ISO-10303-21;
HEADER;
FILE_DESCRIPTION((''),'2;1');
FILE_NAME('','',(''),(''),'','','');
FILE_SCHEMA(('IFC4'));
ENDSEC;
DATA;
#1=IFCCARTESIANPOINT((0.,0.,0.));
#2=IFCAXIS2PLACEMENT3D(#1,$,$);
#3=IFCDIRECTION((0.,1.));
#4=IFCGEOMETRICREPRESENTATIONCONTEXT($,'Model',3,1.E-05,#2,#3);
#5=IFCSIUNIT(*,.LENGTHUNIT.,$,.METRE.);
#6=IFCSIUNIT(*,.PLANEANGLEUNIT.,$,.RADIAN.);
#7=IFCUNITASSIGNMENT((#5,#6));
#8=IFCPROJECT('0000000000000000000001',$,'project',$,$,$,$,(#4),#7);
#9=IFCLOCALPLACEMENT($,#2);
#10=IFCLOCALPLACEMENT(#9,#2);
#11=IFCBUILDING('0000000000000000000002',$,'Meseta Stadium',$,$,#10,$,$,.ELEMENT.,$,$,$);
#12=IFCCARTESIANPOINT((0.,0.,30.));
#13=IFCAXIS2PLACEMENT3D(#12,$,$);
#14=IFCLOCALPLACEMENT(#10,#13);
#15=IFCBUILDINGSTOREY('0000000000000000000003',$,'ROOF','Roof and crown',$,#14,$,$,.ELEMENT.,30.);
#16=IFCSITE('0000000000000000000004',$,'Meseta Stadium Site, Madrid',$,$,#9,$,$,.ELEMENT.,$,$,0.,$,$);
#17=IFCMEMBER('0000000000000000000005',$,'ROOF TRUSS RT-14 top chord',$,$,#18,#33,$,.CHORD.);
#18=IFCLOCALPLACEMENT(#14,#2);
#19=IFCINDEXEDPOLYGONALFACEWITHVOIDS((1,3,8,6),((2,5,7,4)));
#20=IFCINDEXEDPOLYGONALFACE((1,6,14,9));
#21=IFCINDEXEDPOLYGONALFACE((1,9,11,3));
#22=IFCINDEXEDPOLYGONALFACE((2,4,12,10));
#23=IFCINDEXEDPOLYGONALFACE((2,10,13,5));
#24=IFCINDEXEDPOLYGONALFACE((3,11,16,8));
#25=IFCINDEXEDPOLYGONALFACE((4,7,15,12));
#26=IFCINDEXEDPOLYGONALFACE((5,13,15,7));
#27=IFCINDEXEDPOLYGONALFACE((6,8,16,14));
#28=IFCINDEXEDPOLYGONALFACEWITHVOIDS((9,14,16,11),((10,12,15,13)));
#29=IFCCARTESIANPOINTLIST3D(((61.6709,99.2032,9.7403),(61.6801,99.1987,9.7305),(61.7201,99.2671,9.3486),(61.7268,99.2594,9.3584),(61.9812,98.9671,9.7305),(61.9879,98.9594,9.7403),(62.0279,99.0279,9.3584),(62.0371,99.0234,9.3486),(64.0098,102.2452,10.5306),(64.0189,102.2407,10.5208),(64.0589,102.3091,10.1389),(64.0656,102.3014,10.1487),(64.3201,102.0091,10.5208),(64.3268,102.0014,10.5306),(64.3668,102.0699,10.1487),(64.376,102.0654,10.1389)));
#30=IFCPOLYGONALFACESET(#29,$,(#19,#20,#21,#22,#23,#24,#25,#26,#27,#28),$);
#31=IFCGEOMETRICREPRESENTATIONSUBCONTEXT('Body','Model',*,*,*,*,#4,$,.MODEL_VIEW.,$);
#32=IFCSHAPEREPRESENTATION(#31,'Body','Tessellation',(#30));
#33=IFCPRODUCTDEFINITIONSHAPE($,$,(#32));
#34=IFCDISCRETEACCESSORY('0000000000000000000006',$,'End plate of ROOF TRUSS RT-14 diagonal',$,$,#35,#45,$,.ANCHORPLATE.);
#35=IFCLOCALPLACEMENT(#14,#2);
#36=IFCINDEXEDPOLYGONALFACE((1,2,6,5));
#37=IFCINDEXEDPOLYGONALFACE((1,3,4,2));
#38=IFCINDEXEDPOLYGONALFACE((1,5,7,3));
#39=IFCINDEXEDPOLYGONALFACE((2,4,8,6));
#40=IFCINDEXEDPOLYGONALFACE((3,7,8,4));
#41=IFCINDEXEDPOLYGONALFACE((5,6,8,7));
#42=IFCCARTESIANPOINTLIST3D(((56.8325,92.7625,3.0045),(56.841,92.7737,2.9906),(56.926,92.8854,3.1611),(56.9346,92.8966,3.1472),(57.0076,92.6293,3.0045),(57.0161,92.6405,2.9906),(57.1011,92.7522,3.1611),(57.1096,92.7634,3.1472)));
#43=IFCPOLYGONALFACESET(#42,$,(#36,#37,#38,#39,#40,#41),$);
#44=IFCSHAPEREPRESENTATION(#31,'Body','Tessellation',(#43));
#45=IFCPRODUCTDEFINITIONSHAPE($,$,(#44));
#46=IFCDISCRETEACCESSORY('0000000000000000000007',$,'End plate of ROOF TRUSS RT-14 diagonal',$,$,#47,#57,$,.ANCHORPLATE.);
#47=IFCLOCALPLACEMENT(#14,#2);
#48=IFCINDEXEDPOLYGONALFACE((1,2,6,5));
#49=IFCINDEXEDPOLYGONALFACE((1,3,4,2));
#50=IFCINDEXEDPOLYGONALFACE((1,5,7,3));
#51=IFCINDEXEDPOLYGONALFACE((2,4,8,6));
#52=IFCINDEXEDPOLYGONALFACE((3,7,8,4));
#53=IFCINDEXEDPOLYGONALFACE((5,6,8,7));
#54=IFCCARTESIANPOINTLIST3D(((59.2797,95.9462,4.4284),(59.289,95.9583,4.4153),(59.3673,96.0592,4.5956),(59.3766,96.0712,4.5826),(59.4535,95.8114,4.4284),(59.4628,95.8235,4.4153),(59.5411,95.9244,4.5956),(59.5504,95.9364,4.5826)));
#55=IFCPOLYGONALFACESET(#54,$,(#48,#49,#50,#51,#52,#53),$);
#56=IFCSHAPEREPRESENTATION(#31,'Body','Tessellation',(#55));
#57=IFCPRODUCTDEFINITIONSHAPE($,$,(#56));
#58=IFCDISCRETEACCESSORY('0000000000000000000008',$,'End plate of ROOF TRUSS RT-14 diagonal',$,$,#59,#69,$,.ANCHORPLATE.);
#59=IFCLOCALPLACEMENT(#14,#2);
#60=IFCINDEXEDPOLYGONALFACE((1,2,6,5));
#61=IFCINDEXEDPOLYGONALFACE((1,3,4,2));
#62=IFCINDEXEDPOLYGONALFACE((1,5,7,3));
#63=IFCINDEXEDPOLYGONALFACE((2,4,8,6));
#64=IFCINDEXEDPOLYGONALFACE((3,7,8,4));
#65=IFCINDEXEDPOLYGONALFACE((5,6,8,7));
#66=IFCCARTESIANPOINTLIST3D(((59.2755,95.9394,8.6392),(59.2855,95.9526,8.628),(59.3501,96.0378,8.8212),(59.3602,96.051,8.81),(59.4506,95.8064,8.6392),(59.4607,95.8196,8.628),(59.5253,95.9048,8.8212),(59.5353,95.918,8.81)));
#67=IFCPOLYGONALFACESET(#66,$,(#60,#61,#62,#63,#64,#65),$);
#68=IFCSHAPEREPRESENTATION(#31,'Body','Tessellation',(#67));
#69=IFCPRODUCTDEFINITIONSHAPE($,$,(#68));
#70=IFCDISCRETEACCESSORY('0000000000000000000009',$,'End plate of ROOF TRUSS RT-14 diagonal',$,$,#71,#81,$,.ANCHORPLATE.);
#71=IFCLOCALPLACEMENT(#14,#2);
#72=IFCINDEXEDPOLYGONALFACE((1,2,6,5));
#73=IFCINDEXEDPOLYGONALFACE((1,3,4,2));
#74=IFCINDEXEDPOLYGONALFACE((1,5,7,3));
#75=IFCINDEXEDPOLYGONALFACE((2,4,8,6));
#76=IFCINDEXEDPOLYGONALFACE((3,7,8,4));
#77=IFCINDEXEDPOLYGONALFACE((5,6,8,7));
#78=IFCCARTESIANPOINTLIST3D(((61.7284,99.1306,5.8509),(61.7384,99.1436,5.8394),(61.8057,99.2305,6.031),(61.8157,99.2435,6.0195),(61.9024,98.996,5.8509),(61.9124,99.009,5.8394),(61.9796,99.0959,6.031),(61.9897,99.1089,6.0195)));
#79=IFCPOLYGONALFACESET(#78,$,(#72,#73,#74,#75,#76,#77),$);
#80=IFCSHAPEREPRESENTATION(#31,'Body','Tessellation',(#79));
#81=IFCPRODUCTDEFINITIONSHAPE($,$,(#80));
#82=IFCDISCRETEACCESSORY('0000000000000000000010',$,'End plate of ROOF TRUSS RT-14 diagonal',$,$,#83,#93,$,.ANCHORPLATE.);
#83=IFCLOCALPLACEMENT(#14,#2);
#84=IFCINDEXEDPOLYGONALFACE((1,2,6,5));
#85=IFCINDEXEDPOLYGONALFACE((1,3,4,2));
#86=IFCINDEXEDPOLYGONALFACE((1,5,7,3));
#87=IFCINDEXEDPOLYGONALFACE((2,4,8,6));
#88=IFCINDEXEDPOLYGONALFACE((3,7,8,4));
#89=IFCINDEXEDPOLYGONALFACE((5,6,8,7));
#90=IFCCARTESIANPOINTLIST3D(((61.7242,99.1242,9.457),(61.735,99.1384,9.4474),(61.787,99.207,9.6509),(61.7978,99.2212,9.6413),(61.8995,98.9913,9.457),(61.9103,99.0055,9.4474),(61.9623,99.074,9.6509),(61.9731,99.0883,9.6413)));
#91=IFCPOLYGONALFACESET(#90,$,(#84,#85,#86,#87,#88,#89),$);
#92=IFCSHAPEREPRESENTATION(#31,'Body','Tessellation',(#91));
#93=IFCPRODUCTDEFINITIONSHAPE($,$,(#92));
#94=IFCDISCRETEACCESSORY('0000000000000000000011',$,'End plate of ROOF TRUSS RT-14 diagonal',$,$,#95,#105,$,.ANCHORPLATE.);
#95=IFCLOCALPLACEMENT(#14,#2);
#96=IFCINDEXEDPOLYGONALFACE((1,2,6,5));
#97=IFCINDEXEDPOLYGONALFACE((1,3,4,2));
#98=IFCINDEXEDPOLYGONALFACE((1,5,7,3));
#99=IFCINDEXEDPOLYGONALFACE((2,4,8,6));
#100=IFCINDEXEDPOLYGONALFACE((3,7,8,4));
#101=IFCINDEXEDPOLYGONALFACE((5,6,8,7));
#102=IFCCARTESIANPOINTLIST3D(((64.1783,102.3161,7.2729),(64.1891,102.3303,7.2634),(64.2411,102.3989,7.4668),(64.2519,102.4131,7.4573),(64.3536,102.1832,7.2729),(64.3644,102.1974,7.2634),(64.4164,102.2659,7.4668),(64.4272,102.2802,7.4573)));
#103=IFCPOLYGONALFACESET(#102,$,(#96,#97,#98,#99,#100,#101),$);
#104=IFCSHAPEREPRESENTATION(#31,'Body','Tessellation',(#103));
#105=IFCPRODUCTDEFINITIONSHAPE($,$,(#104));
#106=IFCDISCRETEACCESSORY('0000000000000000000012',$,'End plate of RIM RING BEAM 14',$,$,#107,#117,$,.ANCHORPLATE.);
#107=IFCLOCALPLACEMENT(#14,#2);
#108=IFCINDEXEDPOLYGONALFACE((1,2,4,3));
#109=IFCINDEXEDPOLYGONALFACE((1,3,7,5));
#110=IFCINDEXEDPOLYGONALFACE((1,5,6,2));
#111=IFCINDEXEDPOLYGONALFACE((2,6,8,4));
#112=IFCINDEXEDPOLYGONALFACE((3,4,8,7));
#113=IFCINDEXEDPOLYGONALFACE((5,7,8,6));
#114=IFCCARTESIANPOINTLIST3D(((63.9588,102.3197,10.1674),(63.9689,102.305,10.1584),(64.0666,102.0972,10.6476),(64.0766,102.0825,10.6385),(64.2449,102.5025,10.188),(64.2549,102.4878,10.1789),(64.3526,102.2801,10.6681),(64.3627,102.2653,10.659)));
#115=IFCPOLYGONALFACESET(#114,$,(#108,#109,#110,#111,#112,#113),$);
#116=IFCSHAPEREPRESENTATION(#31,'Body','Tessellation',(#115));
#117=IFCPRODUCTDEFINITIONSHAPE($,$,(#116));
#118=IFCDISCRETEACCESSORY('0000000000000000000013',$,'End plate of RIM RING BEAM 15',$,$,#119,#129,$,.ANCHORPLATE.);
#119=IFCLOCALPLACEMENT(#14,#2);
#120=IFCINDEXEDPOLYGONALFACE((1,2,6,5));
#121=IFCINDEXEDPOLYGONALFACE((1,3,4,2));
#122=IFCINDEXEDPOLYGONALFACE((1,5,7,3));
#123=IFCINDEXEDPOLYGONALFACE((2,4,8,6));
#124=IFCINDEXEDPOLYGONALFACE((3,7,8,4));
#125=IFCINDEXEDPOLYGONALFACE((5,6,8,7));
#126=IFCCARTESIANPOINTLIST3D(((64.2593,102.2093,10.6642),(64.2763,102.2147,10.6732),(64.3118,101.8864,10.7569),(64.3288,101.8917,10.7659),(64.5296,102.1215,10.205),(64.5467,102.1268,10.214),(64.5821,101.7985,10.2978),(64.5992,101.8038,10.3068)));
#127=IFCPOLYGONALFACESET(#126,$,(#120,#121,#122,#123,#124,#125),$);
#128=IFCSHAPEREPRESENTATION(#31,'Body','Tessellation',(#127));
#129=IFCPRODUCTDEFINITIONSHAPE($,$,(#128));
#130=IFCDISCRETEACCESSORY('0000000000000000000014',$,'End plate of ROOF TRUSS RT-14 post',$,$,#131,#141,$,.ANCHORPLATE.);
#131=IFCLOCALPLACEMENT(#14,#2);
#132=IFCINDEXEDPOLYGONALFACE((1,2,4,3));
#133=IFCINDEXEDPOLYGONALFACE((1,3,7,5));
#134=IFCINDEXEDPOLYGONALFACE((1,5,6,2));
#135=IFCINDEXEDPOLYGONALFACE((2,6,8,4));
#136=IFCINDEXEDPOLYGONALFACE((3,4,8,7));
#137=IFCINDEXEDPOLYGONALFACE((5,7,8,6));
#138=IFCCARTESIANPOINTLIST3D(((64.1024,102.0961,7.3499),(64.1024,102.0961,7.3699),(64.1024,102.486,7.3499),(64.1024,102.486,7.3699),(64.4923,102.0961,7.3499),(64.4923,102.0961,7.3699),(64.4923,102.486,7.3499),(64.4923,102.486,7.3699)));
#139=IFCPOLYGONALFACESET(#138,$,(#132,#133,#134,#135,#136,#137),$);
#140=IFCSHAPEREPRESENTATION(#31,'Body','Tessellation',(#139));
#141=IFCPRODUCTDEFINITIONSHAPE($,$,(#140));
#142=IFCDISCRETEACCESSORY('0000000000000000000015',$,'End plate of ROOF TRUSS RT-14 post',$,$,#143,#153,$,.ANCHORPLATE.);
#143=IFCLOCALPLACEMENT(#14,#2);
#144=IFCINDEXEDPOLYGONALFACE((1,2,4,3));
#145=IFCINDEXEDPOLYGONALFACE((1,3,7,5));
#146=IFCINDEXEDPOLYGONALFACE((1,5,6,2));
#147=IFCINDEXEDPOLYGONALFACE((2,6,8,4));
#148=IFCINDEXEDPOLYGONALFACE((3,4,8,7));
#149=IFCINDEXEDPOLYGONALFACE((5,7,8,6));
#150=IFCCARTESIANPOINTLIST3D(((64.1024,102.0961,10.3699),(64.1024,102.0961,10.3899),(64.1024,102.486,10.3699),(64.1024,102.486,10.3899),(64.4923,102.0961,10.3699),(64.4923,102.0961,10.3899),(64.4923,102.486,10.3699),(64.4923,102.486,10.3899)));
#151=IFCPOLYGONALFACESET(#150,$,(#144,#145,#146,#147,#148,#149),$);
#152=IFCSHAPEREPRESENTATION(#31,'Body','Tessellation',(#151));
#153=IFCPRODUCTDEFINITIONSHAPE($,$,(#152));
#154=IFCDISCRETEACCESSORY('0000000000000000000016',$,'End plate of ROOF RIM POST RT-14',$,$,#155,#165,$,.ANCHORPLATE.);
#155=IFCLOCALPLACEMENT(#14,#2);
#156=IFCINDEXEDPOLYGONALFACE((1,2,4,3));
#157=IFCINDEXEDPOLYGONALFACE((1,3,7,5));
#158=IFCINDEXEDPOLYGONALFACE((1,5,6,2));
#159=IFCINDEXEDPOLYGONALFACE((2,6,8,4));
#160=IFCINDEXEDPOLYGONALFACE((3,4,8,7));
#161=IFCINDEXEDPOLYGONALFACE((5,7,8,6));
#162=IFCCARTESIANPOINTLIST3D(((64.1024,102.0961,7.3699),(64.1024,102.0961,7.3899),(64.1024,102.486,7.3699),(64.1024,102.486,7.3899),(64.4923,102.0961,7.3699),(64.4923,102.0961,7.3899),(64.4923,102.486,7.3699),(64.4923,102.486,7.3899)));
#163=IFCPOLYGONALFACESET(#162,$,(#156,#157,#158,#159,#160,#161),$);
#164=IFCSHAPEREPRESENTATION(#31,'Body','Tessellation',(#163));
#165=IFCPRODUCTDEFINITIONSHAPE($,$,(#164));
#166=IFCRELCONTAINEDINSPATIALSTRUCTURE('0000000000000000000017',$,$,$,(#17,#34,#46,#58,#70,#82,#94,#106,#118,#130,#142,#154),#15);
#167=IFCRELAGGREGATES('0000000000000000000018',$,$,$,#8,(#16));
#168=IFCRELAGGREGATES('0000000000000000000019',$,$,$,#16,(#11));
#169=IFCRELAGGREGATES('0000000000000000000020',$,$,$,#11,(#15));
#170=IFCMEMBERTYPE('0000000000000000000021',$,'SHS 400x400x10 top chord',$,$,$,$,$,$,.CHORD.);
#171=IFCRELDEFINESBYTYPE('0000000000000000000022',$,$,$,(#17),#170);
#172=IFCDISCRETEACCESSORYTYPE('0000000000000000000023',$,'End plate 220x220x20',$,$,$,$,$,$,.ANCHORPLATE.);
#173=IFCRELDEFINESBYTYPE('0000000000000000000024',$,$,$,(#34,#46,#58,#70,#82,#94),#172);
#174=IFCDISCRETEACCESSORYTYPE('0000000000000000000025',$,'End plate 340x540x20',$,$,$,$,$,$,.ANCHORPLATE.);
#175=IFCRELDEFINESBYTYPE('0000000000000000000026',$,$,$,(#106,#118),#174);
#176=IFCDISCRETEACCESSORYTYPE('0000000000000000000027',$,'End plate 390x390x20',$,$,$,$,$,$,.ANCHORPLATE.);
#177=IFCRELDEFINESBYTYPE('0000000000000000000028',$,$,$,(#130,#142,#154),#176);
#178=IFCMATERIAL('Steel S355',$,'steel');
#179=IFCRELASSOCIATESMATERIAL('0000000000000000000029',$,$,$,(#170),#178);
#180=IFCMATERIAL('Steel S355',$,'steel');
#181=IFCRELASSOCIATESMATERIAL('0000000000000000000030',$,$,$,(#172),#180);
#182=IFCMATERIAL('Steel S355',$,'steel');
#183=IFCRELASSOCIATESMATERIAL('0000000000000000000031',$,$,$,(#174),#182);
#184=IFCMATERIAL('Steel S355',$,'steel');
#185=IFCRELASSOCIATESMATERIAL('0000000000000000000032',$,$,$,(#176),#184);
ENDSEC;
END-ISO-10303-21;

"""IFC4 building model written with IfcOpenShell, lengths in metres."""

from ifc_helpers import new_model, si_unit, direction, frame, origin, origin_2d, place, context, subcontext, project, spatial, rectangle, hollow_rectangle, extrude, material, material_profile, profile_set, type_object, element, save


model = new_model("IFC4")

# Units and contexts
model_context = context("Model", 3, precision=1e-05, world=origin(), true_north=direction((0.0, 1.0)))
body_context = subcontext(model_context, "Body", "Model", "MODEL_VIEW")
ifc_project = project(units=[si_unit("LENGTHUNIT", "METRE"), si_unit("PLANEANGLEUNIT", "RADIAN")], contexts=[model_context])

# Site, building, storey
site_placement = place(None, origin())
site = spatial("IfcSite", under=ifc_project, at=site_placement, Name="Meseta Stadium Site, Madrid", CompositionType="ELEMENT", RefElevation=0.0)
building_placement = place(site_placement, origin())
building = spatial("IfcBuilding", under=site, at=building_placement, Name="Meseta Stadium", CompositionType="ELEMENT")
storey_placement = place(building_placement, frame((0.0, 0.0, 30.0)))
storey = spatial("IfcBuildingStorey", under=building, at=storey_placement, Name="ROOF", Description="Roof and crown", CompositionType="ELEMENT", Elevation=30.0)

# Member
ifc_material_1 = material(Name="Steel S355", Category="steel")
ifc_material_profile_1 = material_profile(ifc_material_1, hollow_rectangle(XDim=0.3999, YDim=0.3999, WallThickness=0.01, at=origin_2d()), Name="SHS 400x400x10")
ifc_profile_set_1 = profile_set([ifc_material_profile_1], Name="Steel S355")
member_type_1 = type_object("IfcMemberType", Name="SHS 400x400x10 top chord", PredefinedType="CHORD", material=ifc_profile_set_1)
member_1_placement = place(storey_placement, frame((61.854, 99.1133, 9.5444), z_axis=(0.596996, 0.776469, 0.20172), x_axis=(-0.792766, 0.609526, 0.0)))
element("IfcMember", 1, at=member_1_placement, inside=storey, type_object=member_type_1, Name="ROOF TRUSS RT-14 top chord", PredefinedType="CHORD", context=body_context, shape_type="SweptSolid", body=[
    extrude(hollow_rectangle(XDim=0.3999, YDim=0.3999, WallThickness=0.01, at=origin_2d()), origin(), (0.0, 0.0, 1.0), 3.9177),
])

# Discrete accessories
ifc_material_2 = material(Name="Steel S355", Category="steel")
ifc_material_profile_2 = material_profile(ifc_material_2, rectangle(XDim=0.22, YDim=0.22, at=origin_2d()), Name="PL 220x220")
ifc_profile_set_2 = profile_set([ifc_material_profile_2], Name="Steel S355")
discrete_accessory_type_1 = type_object("IfcDiscreteAccessoryType", Name="End plate 220x220x20", PredefinedType="ANCHORPLATE", material=ifc_profile_set_2)
discrete_accessory_placement = place(storey_placement, frame((56.9668, 92.7573, 3.0828), z_axis=(0.431147, 0.56665, -0.702154), x_axis=(-0.795829, 0.605522, 0.0)))
element("IfcDiscreteAccessory", 2, at=discrete_accessory_placement, inside=storey, type_object=discrete_accessory_type_1, Name="End plate of ROOF TRUSS RT-14 diagonal", PredefinedType="ANCHORPLATE", context=body_context, shape_type="SweptSolid", body=[
    extrude(rectangle(XDim=0.22, YDim=0.22, at=origin_2d()), origin(), (0.0, 0.0, 1.0), 0.0198),
])
for number, where, z_axis, x_axis, name in (
    (3, (59.4104, 95.9353, 4.512), (0.465846, 0.600696, -0.649732), (-0.79022, 0.612824, 0.0), "End plate of ROOF TRUSS RT-14 diagonal"),
    (4, (59.4004, 95.9221, 8.7302), (0.500409, 0.659076, -0.561435), (-0.796446, 0.604709, 0.0), "End plate of ROOF TRUSS RT-14 diagonal"),
    (5, (61.854, 99.1133, 5.9409), (0.500932, 0.647546, -0.574239), (-0.790957, 0.611872, 0.0), "End plate of ROOF TRUSS RT-14 diagonal"),
):
    element("IfcDiscreteAccessory", number, at=place(storey_placement, frame(where, z_axis=z_axis, x_axis=x_axis)), inside=storey, type_object=discrete_accessory_type_1, Name=name, PredefinedType="ANCHORPLATE", context=body_context, shape_type="SweptSolid", body=[
        extrude(rectangle(XDim=0.22, YDim=0.22, at=origin_2d()), origin(), (0.0, 0.0, 1.0), 0.02),
    ])
for number, where, z_axis, x_axis, name in (
    (6, (61.8433, 99.0991, 9.554), (0.532756, 0.70227, -0.472216), (-0.796691, 0.604386, 0.0), "End plate of ROOF TRUSS RT-14 diagonal"),
    (7, (64.2974, 102.291, 7.3699), (0.532756, 0.70227, -0.472216), (-0.796691, 0.604386, 0.0), "End plate of ROOF TRUSS RT-14 diagonal"),
):
    element("IfcDiscreteAccessory", number, at=place(storey_placement, frame(where, z_axis=z_axis, x_axis=x_axis)), inside=storey, type_object=discrete_accessory_type_1, Name=name, PredefinedType="ANCHORPLATE", context=body_context, shape_type="SweptSolid", body=[
        extrude(rectangle(XDim=0.22, YDim=0.22, at=origin_2d()), origin(), (0.0, 0.0, 1.0), 0.0203),
    ])
ifc_material_3 = material(Name="Steel S355", Category="steel")
ifc_material_profile_3 = material_profile(ifc_material_3, rectangle(XDim=0.3401, YDim=0.54, at=origin_2d()), Name="PL 340x540")
ifc_profile_set_3 = profile_set([ifc_material_profile_3], Name="Steel S355")
discrete_accessory_type_2 = type_object("IfcDiscreteAccessoryType", Name="End plate 340x540x20", PredefinedType="ANCHORPLATE", material=ifc_profile_set_3)
for number, where, z_axis, x_axis, name in (
    (8, (64.1658, 102.2852, 10.4087), (-0.502774, 0.735767, 0.453723), (-0.841077, -0.537542, -0.060315), "End plate of RIM RING BEAM 14"),
    (9, (64.4377, 102.0093, 10.49), (-0.851824, -0.267716, -0.45025), (0.154351, -0.949653, 0.272644), "End plate of RIM RING BEAM 15"),
):
    element("IfcDiscreteAccessory", number, at=place(storey_placement, frame(where, z_axis=z_axis, x_axis=x_axis)), inside=storey, type_object=discrete_accessory_type_2, Name=name, PredefinedType="ANCHORPLATE", context=body_context, shape_type="SweptSolid", body=[
        extrude(rectangle(XDim=0.3401, YDim=0.54, at=origin_2d()), origin(), (0.0, 0.0, 1.0), 0.02),
    ])
ifc_material_4 = material(Name="Steel S355", Category="steel")
ifc_material_profile_4 = material_profile(ifc_material_4, rectangle(XDim=0.3899, YDim=0.3899, at=origin_2d()), Name="PL 390x390")
ifc_profile_set_4 = profile_set([ifc_material_profile_4], Name="Steel S355")
discrete_accessory_type_3 = type_object("IfcDiscreteAccessoryType", Name="End plate 390x390x20", PredefinedType="ANCHORPLATE", material=ifc_profile_set_4)
for number, where, z_axis, x_axis, name in (
    (10, (64.2974, 102.291, 7.3499), (0.0, 0.0, 1.0), (1.0, 0.0, 0.0), "End plate of ROOF TRUSS RT-14 post"),
    (11, (64.2974, 102.291, 10.3699), (0.0, 0.0, 1.0), (1.0, 0.0, 0.0), "End plate of ROOF TRUSS RT-14 post"),
    (12, (64.2974, 102.291, 7.3699), (0.0, 0.0, 1.0), (1.0, 0.0, 0.0), "End plate of ROOF RIM POST RT-14"),
):
    element("IfcDiscreteAccessory", number, at=place(storey_placement, frame(where, z_axis=z_axis, x_axis=x_axis)), inside=storey, type_object=discrete_accessory_type_3, Name=name, PredefinedType="ANCHORPLATE", context=body_context, shape_type="SweptSolid", body=[
        extrude(rectangle(XDim=0.3899, YDim=0.3899, at=origin_2d()), origin(), (0.0, 0.0, 1.0), 0.02),
    ])

save(model, "model.ifc")
